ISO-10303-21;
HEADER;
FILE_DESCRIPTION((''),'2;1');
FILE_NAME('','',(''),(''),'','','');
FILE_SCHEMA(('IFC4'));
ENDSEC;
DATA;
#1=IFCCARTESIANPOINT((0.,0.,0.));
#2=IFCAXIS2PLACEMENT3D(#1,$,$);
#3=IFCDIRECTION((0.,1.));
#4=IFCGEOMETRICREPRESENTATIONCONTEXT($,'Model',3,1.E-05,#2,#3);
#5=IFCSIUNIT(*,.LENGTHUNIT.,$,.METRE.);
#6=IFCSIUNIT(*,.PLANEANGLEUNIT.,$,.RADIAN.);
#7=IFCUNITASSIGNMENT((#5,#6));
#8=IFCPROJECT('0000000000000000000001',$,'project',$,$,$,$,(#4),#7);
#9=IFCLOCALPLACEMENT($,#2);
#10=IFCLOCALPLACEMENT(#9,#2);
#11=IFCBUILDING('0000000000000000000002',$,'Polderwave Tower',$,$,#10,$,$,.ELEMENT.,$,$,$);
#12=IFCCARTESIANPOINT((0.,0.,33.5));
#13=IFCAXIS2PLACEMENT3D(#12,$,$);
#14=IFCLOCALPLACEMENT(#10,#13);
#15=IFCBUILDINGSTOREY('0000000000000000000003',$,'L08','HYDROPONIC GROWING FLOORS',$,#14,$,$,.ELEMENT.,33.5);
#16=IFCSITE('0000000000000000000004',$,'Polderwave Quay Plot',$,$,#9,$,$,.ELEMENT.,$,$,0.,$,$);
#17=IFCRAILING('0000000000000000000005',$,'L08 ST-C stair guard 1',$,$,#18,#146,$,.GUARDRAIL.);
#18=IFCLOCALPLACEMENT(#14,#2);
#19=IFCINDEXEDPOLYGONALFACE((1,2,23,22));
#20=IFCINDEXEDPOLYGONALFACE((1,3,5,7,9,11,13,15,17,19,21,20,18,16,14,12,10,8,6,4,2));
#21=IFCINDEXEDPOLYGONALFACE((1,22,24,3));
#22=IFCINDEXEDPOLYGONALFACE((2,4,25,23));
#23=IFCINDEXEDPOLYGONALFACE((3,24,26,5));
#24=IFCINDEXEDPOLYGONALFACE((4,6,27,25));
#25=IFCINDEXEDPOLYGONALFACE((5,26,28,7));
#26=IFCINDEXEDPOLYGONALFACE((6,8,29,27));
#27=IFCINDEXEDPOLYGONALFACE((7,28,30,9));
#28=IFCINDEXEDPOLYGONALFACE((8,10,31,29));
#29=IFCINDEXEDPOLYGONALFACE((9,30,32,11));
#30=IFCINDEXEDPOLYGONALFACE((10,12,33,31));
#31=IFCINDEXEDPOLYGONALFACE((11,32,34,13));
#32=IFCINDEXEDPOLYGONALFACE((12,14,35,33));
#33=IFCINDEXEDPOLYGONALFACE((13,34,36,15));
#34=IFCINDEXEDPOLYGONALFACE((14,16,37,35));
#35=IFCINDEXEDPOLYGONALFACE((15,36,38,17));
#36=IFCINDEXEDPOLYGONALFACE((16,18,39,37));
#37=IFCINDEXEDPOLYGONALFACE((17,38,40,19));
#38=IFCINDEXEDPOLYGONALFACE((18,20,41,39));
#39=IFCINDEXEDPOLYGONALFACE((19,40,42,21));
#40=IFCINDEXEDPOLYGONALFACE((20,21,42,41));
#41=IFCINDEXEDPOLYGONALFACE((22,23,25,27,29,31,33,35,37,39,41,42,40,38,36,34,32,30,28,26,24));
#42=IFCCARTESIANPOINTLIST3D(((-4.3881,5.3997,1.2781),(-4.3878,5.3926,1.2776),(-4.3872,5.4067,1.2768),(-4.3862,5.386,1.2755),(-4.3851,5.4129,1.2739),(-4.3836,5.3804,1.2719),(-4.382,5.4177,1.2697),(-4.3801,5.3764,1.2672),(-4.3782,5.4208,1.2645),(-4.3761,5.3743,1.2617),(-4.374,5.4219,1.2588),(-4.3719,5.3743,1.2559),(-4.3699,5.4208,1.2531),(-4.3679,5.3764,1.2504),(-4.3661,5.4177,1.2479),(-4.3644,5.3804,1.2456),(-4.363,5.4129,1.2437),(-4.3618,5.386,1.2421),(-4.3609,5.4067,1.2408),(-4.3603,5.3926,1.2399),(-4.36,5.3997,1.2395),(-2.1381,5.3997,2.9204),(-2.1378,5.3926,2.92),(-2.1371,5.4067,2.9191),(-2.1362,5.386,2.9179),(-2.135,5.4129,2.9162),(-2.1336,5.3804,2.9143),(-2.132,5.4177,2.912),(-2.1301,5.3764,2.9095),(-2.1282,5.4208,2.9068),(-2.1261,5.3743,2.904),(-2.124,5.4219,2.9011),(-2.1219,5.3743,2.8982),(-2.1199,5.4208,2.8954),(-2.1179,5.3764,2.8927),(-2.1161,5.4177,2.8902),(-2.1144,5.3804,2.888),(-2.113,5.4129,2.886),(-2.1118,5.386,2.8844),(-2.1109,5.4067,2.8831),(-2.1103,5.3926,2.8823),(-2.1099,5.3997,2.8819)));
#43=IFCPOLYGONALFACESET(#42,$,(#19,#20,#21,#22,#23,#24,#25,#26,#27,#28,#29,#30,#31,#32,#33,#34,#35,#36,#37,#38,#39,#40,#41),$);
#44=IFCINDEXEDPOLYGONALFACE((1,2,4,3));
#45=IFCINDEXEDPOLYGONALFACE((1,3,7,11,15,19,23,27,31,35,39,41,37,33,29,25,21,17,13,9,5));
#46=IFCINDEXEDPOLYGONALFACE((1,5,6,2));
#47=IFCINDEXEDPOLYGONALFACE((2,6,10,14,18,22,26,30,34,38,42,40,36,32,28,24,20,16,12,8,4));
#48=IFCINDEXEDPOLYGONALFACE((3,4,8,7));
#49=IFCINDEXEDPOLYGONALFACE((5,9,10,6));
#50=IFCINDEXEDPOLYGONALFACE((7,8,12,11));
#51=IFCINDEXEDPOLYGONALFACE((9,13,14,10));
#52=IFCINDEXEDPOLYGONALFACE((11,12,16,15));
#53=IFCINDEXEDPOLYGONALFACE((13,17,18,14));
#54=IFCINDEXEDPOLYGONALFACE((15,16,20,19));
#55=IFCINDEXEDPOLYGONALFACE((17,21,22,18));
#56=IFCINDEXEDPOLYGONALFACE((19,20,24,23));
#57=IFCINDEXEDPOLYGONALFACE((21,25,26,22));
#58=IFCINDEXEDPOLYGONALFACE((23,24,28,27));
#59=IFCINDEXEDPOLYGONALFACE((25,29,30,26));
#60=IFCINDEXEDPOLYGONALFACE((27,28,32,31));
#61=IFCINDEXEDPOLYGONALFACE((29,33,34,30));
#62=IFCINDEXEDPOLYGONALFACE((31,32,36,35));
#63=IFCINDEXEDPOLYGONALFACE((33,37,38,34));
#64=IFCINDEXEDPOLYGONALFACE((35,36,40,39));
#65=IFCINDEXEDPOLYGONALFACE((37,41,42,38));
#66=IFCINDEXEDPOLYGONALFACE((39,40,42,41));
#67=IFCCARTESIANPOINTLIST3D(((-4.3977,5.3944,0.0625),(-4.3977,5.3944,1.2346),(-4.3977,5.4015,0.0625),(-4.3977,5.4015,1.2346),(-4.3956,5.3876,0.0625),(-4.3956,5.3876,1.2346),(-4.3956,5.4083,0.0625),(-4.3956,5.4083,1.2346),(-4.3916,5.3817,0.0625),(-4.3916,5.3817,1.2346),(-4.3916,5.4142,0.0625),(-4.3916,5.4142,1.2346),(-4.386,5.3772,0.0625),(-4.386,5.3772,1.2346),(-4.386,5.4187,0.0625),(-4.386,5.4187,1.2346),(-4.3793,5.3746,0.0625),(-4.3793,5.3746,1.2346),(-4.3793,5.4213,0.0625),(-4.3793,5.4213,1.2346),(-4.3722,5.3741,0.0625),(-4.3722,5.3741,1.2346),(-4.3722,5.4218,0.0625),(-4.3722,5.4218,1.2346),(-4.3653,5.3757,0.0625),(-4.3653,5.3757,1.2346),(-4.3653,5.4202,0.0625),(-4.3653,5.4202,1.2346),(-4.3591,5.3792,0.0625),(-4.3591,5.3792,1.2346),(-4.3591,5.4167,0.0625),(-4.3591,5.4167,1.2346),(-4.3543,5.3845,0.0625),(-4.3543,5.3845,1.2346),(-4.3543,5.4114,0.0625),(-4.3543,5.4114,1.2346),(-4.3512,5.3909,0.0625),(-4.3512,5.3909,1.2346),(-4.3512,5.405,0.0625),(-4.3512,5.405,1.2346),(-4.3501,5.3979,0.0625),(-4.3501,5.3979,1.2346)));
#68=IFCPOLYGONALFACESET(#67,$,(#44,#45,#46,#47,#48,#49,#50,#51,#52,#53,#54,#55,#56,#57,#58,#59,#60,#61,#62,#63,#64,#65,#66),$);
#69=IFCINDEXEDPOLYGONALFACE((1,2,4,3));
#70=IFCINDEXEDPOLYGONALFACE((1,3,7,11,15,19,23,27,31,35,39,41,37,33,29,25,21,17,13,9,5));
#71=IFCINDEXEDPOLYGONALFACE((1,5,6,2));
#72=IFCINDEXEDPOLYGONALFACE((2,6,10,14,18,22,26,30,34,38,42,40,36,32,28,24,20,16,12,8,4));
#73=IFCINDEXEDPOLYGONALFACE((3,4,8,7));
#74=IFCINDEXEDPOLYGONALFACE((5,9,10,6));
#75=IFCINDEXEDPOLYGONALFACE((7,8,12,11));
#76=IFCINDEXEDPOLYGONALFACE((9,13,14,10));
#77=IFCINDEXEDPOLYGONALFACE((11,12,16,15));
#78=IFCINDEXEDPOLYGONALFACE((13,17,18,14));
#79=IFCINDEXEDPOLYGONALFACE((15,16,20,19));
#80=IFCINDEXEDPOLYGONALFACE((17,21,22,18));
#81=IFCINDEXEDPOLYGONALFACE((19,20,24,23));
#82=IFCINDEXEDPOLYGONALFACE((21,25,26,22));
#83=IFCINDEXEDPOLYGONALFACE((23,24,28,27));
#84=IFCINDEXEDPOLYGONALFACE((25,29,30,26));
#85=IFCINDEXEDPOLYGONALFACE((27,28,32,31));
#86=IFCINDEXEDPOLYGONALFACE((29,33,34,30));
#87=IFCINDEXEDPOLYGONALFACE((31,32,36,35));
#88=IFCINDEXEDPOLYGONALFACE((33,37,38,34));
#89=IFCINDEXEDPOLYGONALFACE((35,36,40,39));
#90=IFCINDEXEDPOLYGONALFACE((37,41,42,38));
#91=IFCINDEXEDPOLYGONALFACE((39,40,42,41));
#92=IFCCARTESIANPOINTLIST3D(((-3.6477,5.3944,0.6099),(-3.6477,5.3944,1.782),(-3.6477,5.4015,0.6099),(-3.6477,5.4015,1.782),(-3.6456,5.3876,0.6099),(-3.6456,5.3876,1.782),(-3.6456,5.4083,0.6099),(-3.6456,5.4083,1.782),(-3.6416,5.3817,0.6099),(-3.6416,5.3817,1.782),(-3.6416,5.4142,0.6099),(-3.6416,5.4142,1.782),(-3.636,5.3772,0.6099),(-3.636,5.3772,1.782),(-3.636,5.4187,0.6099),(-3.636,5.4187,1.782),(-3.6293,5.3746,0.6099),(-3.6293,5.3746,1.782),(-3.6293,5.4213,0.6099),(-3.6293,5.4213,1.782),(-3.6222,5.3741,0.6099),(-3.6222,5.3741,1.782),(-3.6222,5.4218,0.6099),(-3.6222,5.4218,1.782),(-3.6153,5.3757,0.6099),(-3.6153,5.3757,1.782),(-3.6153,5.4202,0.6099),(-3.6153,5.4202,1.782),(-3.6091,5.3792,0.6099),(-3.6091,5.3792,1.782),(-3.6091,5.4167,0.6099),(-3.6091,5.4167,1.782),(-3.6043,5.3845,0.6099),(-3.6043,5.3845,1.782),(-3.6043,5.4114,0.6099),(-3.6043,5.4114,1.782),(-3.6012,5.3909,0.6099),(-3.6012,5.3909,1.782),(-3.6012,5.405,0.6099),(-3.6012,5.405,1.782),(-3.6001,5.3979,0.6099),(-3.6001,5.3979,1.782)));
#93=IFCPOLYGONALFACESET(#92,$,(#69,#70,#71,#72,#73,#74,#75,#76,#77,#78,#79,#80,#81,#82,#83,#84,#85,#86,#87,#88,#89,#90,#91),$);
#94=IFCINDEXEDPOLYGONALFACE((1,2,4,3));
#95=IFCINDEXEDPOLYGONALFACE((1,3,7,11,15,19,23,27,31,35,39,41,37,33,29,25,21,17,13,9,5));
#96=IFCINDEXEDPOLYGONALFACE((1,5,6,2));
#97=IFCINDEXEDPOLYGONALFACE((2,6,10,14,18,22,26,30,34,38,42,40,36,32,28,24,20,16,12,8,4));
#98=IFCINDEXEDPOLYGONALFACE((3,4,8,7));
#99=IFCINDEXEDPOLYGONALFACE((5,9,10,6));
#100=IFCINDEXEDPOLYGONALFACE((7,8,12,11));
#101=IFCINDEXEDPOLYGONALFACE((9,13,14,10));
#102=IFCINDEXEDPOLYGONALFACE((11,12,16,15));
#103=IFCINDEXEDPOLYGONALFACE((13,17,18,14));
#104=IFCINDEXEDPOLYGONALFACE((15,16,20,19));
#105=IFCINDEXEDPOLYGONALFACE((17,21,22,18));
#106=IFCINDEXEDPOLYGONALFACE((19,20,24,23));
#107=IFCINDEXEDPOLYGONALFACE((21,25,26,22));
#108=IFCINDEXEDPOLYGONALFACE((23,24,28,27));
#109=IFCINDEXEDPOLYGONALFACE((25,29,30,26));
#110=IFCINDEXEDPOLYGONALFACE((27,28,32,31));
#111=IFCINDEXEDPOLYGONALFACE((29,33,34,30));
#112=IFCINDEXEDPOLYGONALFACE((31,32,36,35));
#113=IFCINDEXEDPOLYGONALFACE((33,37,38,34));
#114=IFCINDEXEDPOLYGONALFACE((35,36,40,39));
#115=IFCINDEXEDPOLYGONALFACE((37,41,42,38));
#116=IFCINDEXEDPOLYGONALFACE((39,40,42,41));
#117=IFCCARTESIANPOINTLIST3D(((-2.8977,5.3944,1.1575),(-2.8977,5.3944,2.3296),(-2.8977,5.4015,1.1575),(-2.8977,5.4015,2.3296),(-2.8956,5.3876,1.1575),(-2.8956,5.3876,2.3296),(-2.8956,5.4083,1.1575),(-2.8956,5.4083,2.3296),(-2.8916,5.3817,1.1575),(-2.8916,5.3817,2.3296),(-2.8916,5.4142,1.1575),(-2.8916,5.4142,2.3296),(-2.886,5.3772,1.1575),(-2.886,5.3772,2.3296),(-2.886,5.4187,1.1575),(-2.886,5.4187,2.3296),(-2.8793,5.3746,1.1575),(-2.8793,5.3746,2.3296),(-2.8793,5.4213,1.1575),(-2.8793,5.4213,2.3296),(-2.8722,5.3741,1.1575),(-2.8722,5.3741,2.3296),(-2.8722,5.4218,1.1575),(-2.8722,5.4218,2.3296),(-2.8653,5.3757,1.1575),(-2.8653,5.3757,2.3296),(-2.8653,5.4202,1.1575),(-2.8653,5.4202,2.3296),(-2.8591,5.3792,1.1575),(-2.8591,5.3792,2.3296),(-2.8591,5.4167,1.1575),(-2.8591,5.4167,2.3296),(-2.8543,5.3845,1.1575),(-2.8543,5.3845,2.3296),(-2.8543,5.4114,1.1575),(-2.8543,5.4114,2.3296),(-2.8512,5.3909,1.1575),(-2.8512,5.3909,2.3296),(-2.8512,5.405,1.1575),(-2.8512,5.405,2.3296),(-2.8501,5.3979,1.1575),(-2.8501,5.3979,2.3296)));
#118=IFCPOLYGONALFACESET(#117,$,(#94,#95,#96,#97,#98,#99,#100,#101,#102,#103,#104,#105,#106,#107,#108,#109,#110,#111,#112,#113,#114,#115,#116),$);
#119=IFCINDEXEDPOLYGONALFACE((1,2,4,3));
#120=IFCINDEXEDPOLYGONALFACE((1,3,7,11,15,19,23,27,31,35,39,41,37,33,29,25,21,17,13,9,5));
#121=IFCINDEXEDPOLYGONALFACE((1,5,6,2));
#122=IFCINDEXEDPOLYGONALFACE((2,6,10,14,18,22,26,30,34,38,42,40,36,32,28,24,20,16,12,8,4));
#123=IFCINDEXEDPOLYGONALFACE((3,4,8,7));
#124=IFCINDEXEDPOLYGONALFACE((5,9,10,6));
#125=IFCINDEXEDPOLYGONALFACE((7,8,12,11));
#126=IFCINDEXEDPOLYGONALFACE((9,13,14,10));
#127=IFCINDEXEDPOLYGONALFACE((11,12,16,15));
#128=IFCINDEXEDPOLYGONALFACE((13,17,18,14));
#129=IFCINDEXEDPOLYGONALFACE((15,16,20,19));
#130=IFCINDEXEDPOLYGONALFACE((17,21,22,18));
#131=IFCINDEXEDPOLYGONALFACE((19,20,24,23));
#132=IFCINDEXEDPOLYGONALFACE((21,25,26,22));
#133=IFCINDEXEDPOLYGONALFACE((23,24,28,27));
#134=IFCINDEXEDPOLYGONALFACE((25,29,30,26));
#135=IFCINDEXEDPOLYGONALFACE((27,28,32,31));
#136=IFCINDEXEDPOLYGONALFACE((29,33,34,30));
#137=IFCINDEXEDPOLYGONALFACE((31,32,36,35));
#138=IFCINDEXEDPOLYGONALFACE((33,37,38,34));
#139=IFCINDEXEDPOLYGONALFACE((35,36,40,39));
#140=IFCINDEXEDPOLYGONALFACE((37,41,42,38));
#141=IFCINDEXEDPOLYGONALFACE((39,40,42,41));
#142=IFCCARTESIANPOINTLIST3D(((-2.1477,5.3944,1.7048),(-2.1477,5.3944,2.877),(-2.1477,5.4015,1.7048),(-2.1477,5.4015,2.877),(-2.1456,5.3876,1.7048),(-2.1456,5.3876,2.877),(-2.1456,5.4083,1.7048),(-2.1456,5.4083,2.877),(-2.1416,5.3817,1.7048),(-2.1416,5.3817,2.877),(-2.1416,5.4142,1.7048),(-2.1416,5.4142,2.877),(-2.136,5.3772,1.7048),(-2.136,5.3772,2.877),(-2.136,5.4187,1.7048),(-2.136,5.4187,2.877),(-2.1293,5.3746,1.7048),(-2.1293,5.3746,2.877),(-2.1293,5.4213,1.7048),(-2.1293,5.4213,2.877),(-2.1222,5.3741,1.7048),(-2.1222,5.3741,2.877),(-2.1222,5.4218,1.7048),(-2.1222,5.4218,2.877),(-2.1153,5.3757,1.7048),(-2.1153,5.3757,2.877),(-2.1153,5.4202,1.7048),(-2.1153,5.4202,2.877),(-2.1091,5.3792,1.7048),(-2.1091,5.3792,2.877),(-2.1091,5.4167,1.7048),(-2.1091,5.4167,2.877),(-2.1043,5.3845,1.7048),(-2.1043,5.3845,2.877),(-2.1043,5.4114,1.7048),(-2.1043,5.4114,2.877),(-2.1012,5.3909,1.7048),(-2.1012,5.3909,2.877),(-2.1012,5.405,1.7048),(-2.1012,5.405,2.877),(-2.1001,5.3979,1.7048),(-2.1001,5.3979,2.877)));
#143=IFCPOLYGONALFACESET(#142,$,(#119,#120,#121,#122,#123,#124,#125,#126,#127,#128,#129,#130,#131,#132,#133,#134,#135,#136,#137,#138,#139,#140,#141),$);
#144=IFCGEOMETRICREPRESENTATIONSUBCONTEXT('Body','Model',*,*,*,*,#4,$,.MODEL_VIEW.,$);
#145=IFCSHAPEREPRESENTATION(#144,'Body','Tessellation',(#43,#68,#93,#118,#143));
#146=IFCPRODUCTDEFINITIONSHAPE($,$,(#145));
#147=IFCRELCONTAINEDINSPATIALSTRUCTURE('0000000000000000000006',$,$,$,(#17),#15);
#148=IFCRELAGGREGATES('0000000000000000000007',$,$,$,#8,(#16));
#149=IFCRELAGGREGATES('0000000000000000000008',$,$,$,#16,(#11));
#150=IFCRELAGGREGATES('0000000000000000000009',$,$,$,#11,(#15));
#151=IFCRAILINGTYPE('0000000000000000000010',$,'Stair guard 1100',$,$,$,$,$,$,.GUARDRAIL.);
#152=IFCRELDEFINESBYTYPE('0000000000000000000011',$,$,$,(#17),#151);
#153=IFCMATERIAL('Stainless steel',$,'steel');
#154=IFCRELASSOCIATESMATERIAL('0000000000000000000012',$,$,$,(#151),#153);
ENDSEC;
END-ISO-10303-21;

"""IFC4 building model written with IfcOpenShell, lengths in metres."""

from ifc_helpers import new_model, si_unit, direction, frame, origin, origin_2d, place, context, subcontext, project, spatial, circle, extrude, material, type_object, element, save


model = new_model("IFC4")

# Units and contexts
model_context = context("Model", 3, precision=1e-05, world=origin(), true_north=direction((0.0, 1.0)))
body_context = subcontext(model_context, "Body", "Model", "MODEL_VIEW")
ifc_project = project(units=[si_unit("LENGTHUNIT", "METRE"), si_unit("PLANEANGLEUNIT", "RADIAN")], contexts=[model_context])

# Site, building, storey
site_placement = place(None, origin())
site = spatial("IfcSite", under=ifc_project, at=site_placement, Name="Polderwave Quay Plot", CompositionType="ELEMENT", RefElevation=0.0)
building_placement = place(site_placement, origin())
building = spatial("IfcBuilding", under=site, at=building_placement, Name="Polderwave Tower", CompositionType="ELEMENT")
storey_placement = place(building_placement, frame((0.0, 0.0, 33.5)))
storey = spatial("IfcBuildingStorey", under=building, at=storey_placement, Name="L08", Description="HYDROPONIC GROWING FLOORS", CompositionType="ELEMENT", Elevation=33.5)

# Railing
ifc_material_1 = material(Name="Stainless steel", Category="steel")
railing_type_1 = type_object("IfcRailingType", Name="Stair guard 1100", PredefinedType="GUARDRAIL", material=ifc_material_1)
railing_1_placement = place(storey_placement, frame((-4.374, 5.3979, 0.0625)))
element("IfcRailing", 1, at=railing_1_placement, inside=storey, type_object=railing_type_1, Name="L08 ST-C stair guard 1", PredefinedType="GUARDRAIL", context=body_context, shape_type="SweptSolid", body=[
    extrude(circle(Radius=0.0239, at=origin_2d()), frame((0.0, 0.0, 1.1963), z_axis=(0.807715, 0.0, 0.589573), x_axis=(0.0, 1.0, 0.0)), (0.0, 0.0, 1.0), 2.7856),
    extrude(circle(Radius=0.0239, at=origin_2d()), origin(), (0.0, 0.0, 1.0), 1.1721),
    extrude(circle(Radius=0.0239, at=origin_2d()), frame((0.75, 0.0, 0.5474)), (0.0, 0.0, 1.0), 1.1721),
    extrude(circle(Radius=0.0239, at=origin_2d()), frame((1.5, 0.0, 1.095)), (0.0, 0.0, 1.0), 1.1721),
    extrude(circle(Radius=0.0239, at=origin_2d()), frame((2.25, 0.0, 1.6423)), (0.0, 0.0, 1.0), 1.1721),
])

save(model, "model.ifc")
